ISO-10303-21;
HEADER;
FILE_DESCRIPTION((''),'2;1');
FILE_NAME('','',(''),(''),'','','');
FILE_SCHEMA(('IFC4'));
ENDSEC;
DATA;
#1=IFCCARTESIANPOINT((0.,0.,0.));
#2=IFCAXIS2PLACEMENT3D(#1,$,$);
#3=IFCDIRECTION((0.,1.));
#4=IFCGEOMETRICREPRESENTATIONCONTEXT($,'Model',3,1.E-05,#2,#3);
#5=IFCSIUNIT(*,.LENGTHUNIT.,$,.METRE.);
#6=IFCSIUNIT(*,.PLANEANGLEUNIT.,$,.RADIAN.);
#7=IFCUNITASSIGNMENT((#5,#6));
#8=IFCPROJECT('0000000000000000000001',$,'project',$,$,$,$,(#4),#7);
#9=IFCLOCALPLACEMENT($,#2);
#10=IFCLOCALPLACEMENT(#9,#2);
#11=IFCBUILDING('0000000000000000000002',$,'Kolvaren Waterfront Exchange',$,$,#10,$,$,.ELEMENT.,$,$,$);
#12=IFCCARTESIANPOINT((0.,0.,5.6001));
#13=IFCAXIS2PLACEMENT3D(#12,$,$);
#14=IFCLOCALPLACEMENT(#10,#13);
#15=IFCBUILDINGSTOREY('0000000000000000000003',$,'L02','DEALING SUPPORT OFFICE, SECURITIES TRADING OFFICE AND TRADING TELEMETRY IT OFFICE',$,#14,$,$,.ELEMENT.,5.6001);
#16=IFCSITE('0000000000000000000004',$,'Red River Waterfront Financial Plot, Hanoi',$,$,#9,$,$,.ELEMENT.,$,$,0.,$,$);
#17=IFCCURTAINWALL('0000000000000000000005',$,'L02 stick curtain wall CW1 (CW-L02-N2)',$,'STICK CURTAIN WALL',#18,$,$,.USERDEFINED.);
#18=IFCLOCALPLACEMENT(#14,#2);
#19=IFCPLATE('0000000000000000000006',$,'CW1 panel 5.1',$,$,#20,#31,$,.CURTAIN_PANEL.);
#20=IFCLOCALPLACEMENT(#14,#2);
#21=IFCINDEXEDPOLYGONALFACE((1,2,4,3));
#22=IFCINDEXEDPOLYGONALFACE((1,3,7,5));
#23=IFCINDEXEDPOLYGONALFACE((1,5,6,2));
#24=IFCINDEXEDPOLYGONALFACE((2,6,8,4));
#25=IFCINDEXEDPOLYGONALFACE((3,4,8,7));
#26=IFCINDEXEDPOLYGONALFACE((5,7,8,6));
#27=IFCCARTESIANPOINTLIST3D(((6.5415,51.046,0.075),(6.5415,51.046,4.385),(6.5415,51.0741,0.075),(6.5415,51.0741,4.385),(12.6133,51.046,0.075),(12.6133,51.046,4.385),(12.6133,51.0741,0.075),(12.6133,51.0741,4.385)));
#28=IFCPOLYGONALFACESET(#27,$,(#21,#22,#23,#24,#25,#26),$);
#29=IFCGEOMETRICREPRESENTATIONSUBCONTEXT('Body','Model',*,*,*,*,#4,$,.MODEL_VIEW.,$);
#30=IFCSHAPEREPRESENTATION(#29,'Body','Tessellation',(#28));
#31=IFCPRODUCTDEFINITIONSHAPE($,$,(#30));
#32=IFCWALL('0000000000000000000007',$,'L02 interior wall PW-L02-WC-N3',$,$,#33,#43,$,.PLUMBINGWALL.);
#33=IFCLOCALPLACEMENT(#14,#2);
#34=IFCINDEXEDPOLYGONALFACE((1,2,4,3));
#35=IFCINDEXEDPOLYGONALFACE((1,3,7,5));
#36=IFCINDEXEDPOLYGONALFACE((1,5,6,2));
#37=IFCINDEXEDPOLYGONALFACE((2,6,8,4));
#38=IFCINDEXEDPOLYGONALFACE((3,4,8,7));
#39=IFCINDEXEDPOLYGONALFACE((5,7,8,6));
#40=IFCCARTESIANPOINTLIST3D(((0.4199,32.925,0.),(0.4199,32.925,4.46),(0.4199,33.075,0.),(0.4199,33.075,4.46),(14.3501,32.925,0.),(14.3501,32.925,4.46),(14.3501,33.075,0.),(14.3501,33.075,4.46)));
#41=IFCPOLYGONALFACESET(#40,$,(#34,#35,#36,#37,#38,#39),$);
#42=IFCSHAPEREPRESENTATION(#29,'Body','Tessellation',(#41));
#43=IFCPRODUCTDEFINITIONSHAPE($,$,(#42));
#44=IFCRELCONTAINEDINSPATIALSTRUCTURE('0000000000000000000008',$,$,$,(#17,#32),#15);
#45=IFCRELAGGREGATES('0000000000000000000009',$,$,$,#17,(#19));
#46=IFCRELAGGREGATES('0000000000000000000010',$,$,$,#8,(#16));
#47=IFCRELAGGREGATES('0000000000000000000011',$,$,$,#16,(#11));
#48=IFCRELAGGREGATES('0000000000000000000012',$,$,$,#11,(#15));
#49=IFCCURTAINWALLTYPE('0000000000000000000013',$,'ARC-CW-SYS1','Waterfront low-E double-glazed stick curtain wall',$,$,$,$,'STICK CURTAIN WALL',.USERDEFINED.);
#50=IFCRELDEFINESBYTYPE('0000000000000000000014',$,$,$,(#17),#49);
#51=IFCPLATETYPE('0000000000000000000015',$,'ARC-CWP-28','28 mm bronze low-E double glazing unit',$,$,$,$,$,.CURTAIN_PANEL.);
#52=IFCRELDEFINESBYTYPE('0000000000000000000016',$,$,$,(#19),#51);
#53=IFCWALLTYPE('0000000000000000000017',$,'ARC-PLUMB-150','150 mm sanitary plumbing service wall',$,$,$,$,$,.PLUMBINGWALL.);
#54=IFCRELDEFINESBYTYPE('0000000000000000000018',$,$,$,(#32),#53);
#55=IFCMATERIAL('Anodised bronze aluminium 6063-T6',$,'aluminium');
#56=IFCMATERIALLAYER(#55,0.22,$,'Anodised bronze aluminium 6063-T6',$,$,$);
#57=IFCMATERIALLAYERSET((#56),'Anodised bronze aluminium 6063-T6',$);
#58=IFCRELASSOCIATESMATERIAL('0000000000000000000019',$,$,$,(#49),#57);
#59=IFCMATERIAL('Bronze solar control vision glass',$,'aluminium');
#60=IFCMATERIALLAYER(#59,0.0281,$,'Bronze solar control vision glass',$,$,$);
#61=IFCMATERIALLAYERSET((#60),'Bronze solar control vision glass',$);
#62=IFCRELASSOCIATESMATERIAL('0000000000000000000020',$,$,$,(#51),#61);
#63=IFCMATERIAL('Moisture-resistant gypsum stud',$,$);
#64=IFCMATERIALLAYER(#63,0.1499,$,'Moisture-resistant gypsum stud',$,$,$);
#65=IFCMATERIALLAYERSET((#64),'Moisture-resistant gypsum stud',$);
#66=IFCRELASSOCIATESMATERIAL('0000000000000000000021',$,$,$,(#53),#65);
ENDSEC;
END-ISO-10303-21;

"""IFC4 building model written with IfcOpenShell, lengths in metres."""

from ifc_helpers import new_model, si_unit, direction, frame, frame_2d, origin, origin_with_axes, origin_2d, place, context, subcontext, project, spatial, rectangle, extrude, source, transform, mapped, material, layer, layer_set, type_object, element, aggregate, save


model = new_model("IFC4")

# Units and contexts
model_context = context("Model", 3, precision=1e-05, world=origin(), true_north=direction((0.0, 1.0)))
body_context = subcontext(model_context, "Body", "Model", "MODEL_VIEW")
ifc_project = project(units=[si_unit("LENGTHUNIT", "METRE"), si_unit("PLANEANGLEUNIT", "RADIAN")], contexts=[model_context])

# Site, building, storey
site_placement = place(None, origin())
site = spatial("IfcSite", under=ifc_project, at=site_placement, Name="Red River Waterfront Financial Plot, Hanoi", CompositionType="ELEMENT", RefElevation=0.0)
building_placement = place(site_placement, origin())
building = spatial("IfcBuilding", under=site, at=building_placement, Name="Kolvaren Waterfront Exchange", CompositionType="ELEMENT")
storey_placement = place(building_placement, frame((0.0, 0.0, 5.6001)))
storey = spatial("IfcBuildingStorey", under=building, at=storey_placement, Name="L02", Description="DEALING SUPPORT OFFICE, SECURITIES TRADING OFFICE AND TRADING TELEMETRY IT OFFICE", CompositionType="ELEMENT", Elevation=5.6001)

# Curtain wall, plate
ifc_material_1 = material(Name="Anodised bronze aluminium 6063-T6", Category="aluminium")
ifc_layer_1 = layer(ifc_material_1, 0.22, Name="Anodised bronze aluminium 6063-T6")
ifc_layer_set_1 = layer_set([ifc_layer_1], Name="Anodised bronze aluminium 6063-T6")
curtain_wall_type = type_object("IfcCurtainWallType", Name="ARC-CW-SYS1", Description="Waterfront low-E double-glazed stick curtain wall", ElementType="STICK CURTAIN WALL", PredefinedType="USERDEFINED", material=ifc_layer_set_1)
curtain_wall_placement = place(storey_placement, origin())
curtain_wall = element("IfcCurtainWall", 1, at=curtain_wall_placement, inside=storey, type_object=curtain_wall_type, Name="L02 stick curtain wall CW1 (CW-L02-N2)", ObjectType="STICK CURTAIN WALL", PredefinedType="USERDEFINED")
ifc_material_2 = material(Name="Bronze solar control vision glass", Category="aluminium")
ifc_layer_2 = layer(ifc_material_2, 0.0281, Name="Bronze solar control vision glass")
ifc_layer_set_2 = layer_set([ifc_layer_2], Name="Bronze solar control vision glass")
plate_type = type_object("IfcPlateType", Name="ARC-CWP-28", Description="28 mm bronze low-E double glazing unit", PredefinedType="CURTAIN_PANEL", material=ifc_layer_set_2)
shared_shape_1 = source(origin_with_axes(), body_context, "Body", "SweptSolid", [
    extrude(rectangle(XDim=6.0718, YDim=0.0281, at=origin_2d()), origin(), (0.0, 0.0, 1.0), 4.3101),
])
plate_1_placement = place(storey_placement, frame((9.5774, 51.0601, 0.075), z_axis=(0.0, 0.0, 1.0), x_axis=(-1.0, 0.0, 0.0)))
plate_1 = element("IfcPlate", 2, at=plate_1_placement, type_object=plate_type, Name="CW1 panel 5.1", PredefinedType="CURTAIN_PANEL", context=body_context, shape_type="MappedRepresentation", body=[
    mapped(shared_shape_1, transform((0.0, 0.0, 0.0), x_axis=(1.0, 0.0, 0.0), y_axis=(0.0, 1.0, 0.0), z_axis=(0.0, 0.0, 1.0), scale=1.0)),
])
aggregate(curtain_wall, [plate_1])

# Wall
ifc_material_3 = material(Name="Moisture-resistant gypsum stud")
ifc_layer_3 = layer(ifc_material_3, 0.1499, Name="Moisture-resistant gypsum stud")
ifc_layer_set_3 = layer_set([ifc_layer_3], Name="Moisture-resistant gypsum stud")
wall_type = type_object("IfcWallType", Name="ARC-PLUMB-150", Description="150 mm sanitary plumbing service wall", PredefinedType="PLUMBINGWALL", material=ifc_layer_set_3)
wall_placement = place(storey_placement, frame((0.4199, 33.0, 0.0), z_axis=(0.0, 0.0, 1.0), x_axis=(1.0, 0.0, 0.0)))
element("IfcWall", 3, at=wall_placement, inside=storey, type_object=wall_type, Name="L02 interior wall PW-L02-WC-N3", PredefinedType="PLUMBINGWALL", context=body_context, shape_type="SweptSolid", body=[
    extrude(rectangle(XDim=13.9302, YDim=0.1499, at=frame_2d((6.9651, 0.0))), origin(), (0.0, 0.0, 1.0), 4.46),
])

save(model, "model.ifc")
